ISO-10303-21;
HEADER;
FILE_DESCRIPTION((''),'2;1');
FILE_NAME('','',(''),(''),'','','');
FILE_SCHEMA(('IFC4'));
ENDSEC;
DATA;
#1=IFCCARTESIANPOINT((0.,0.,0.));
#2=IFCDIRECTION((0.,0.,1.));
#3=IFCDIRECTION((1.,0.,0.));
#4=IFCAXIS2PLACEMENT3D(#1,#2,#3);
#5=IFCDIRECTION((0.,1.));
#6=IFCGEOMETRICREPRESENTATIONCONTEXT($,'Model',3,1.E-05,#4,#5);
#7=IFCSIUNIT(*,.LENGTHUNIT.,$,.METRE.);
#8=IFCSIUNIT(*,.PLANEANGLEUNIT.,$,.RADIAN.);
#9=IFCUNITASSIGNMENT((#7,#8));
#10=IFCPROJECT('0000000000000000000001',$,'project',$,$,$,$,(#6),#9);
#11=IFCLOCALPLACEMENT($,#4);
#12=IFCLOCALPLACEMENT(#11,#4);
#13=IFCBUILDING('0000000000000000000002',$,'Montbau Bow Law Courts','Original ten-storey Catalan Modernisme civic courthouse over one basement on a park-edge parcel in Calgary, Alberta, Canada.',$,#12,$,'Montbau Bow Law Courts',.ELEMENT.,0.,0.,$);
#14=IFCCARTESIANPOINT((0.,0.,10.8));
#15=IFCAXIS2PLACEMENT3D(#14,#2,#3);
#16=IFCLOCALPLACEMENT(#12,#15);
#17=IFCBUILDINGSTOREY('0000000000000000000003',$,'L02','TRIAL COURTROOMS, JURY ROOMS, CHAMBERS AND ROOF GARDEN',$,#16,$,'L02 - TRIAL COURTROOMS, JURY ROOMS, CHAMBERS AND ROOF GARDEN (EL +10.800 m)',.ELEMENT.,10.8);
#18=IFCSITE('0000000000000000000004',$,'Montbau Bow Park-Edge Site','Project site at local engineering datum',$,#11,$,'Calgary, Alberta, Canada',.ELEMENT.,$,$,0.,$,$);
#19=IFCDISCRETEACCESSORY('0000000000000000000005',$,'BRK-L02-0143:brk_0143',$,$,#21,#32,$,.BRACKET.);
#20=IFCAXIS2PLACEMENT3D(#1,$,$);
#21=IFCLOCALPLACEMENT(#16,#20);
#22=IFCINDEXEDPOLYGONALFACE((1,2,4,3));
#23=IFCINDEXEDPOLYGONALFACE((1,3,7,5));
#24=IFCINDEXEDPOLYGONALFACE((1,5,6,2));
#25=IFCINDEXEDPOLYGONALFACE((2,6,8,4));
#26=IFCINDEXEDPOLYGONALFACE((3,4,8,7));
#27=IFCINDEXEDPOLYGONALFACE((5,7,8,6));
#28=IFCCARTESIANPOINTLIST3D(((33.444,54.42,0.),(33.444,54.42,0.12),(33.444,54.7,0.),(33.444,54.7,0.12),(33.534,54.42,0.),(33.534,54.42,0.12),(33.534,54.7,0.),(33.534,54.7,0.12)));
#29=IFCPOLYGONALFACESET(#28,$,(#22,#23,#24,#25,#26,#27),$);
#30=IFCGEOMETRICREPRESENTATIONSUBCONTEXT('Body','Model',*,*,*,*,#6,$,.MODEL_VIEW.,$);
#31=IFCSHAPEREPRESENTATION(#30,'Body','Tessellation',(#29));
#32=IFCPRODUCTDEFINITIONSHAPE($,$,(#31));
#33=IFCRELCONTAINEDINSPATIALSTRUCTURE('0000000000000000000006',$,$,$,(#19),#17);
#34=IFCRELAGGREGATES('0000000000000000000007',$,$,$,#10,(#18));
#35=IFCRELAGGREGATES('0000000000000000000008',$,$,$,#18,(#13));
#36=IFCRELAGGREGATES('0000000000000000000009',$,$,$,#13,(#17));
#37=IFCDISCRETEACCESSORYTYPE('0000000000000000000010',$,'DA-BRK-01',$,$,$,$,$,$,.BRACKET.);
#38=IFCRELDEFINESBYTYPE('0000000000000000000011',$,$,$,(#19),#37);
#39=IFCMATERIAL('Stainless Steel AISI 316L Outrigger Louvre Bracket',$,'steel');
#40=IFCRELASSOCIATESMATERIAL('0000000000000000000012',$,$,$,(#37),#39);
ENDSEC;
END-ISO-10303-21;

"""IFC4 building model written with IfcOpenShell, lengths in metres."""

from ifc_helpers import new_model, si_unit, direction, frame, origin_with_axes, origin_2d_with_axis, place, context, subcontext, project, spatial, rectangle, extrude, material, type_object, element, save


model = new_model("IFC4")

# Units and contexts
model_context = context("Model", 3, precision=1e-05, world=origin_with_axes(), true_north=direction((0.0, 1.0)))
body_context = subcontext(model_context, "Body", "Model", "MODEL_VIEW")
ifc_project = project(units=[si_unit("LENGTHUNIT", "METRE"), si_unit("PLANEANGLEUNIT", "RADIAN")], contexts=[model_context])

# Site, building, storey
site_placement = place(None, origin_with_axes())
site = spatial("IfcSite", under=ifc_project, at=site_placement, Name="Montbau Bow Park-Edge Site", Description="Project site at local engineering datum", LongName="Calgary, Alberta, Canada", CompositionType="ELEMENT", RefElevation=0.0)
building_placement = place(site_placement, origin_with_axes())
building = spatial("IfcBuilding", under=site, at=building_placement, Name="Montbau Bow Law Courts", Description="Original ten-storey Catalan Modernisme civic courthouse over one basement on a park-edge parcel in Calgary, Alberta, Canada.", LongName="Montbau Bow Law Courts", CompositionType="ELEMENT", ElevationOfRefHeight=0.0, ElevationOfTerrain=0.0)
storey_placement = place(building_placement, frame((0.0, 0.0, 10.8), z_axis=(0.0, 0.0, 1.0), x_axis=(1.0, 0.0, 0.0)))
storey = spatial("IfcBuildingStorey", under=building, at=storey_placement, Name="L02", Description="TRIAL COURTROOMS, JURY ROOMS, CHAMBERS AND ROOF GARDEN", LongName="L02 - TRIAL COURTROOMS, JURY ROOMS, CHAMBERS AND ROOF GARDEN (EL +10.800 m)", CompositionType="ELEMENT", Elevation=10.8)

# Discrete accessory
ifc_material_1 = material(Name="Stainless Steel AISI 316L Outrigger Louvre Bracket", Category="steel")
discrete_accessory_type = type_object("IfcDiscreteAccessoryType", Name="DA-BRK-01", PredefinedType="BRACKET", material=ifc_material_1)
for number, where, z_axis, x_axis, name in (
    (1, (33.489, 54.56, 10.8), (0.0, 0.0, 1.0), (0.0, 1.0, 0.0), "BRK-L02-0143:brk_0143"),
):
    element("IfcDiscreteAccessory", number, at=place(None, frame(where, z_axis=z_axis, x_axis=x_axis)), inside=storey, type_object=discrete_accessory_type, Name=name, PredefinedType="BRACKET", context=body_context, shape_type="SweptSolid", body=[
        extrude(rectangle(XDim=0.28, YDim=0.09, at=origin_2d_with_axis()), origin_with_axes(), (0.0, 0.0, 1.0), 0.12),
    ])

save(model, "model.ifc")
